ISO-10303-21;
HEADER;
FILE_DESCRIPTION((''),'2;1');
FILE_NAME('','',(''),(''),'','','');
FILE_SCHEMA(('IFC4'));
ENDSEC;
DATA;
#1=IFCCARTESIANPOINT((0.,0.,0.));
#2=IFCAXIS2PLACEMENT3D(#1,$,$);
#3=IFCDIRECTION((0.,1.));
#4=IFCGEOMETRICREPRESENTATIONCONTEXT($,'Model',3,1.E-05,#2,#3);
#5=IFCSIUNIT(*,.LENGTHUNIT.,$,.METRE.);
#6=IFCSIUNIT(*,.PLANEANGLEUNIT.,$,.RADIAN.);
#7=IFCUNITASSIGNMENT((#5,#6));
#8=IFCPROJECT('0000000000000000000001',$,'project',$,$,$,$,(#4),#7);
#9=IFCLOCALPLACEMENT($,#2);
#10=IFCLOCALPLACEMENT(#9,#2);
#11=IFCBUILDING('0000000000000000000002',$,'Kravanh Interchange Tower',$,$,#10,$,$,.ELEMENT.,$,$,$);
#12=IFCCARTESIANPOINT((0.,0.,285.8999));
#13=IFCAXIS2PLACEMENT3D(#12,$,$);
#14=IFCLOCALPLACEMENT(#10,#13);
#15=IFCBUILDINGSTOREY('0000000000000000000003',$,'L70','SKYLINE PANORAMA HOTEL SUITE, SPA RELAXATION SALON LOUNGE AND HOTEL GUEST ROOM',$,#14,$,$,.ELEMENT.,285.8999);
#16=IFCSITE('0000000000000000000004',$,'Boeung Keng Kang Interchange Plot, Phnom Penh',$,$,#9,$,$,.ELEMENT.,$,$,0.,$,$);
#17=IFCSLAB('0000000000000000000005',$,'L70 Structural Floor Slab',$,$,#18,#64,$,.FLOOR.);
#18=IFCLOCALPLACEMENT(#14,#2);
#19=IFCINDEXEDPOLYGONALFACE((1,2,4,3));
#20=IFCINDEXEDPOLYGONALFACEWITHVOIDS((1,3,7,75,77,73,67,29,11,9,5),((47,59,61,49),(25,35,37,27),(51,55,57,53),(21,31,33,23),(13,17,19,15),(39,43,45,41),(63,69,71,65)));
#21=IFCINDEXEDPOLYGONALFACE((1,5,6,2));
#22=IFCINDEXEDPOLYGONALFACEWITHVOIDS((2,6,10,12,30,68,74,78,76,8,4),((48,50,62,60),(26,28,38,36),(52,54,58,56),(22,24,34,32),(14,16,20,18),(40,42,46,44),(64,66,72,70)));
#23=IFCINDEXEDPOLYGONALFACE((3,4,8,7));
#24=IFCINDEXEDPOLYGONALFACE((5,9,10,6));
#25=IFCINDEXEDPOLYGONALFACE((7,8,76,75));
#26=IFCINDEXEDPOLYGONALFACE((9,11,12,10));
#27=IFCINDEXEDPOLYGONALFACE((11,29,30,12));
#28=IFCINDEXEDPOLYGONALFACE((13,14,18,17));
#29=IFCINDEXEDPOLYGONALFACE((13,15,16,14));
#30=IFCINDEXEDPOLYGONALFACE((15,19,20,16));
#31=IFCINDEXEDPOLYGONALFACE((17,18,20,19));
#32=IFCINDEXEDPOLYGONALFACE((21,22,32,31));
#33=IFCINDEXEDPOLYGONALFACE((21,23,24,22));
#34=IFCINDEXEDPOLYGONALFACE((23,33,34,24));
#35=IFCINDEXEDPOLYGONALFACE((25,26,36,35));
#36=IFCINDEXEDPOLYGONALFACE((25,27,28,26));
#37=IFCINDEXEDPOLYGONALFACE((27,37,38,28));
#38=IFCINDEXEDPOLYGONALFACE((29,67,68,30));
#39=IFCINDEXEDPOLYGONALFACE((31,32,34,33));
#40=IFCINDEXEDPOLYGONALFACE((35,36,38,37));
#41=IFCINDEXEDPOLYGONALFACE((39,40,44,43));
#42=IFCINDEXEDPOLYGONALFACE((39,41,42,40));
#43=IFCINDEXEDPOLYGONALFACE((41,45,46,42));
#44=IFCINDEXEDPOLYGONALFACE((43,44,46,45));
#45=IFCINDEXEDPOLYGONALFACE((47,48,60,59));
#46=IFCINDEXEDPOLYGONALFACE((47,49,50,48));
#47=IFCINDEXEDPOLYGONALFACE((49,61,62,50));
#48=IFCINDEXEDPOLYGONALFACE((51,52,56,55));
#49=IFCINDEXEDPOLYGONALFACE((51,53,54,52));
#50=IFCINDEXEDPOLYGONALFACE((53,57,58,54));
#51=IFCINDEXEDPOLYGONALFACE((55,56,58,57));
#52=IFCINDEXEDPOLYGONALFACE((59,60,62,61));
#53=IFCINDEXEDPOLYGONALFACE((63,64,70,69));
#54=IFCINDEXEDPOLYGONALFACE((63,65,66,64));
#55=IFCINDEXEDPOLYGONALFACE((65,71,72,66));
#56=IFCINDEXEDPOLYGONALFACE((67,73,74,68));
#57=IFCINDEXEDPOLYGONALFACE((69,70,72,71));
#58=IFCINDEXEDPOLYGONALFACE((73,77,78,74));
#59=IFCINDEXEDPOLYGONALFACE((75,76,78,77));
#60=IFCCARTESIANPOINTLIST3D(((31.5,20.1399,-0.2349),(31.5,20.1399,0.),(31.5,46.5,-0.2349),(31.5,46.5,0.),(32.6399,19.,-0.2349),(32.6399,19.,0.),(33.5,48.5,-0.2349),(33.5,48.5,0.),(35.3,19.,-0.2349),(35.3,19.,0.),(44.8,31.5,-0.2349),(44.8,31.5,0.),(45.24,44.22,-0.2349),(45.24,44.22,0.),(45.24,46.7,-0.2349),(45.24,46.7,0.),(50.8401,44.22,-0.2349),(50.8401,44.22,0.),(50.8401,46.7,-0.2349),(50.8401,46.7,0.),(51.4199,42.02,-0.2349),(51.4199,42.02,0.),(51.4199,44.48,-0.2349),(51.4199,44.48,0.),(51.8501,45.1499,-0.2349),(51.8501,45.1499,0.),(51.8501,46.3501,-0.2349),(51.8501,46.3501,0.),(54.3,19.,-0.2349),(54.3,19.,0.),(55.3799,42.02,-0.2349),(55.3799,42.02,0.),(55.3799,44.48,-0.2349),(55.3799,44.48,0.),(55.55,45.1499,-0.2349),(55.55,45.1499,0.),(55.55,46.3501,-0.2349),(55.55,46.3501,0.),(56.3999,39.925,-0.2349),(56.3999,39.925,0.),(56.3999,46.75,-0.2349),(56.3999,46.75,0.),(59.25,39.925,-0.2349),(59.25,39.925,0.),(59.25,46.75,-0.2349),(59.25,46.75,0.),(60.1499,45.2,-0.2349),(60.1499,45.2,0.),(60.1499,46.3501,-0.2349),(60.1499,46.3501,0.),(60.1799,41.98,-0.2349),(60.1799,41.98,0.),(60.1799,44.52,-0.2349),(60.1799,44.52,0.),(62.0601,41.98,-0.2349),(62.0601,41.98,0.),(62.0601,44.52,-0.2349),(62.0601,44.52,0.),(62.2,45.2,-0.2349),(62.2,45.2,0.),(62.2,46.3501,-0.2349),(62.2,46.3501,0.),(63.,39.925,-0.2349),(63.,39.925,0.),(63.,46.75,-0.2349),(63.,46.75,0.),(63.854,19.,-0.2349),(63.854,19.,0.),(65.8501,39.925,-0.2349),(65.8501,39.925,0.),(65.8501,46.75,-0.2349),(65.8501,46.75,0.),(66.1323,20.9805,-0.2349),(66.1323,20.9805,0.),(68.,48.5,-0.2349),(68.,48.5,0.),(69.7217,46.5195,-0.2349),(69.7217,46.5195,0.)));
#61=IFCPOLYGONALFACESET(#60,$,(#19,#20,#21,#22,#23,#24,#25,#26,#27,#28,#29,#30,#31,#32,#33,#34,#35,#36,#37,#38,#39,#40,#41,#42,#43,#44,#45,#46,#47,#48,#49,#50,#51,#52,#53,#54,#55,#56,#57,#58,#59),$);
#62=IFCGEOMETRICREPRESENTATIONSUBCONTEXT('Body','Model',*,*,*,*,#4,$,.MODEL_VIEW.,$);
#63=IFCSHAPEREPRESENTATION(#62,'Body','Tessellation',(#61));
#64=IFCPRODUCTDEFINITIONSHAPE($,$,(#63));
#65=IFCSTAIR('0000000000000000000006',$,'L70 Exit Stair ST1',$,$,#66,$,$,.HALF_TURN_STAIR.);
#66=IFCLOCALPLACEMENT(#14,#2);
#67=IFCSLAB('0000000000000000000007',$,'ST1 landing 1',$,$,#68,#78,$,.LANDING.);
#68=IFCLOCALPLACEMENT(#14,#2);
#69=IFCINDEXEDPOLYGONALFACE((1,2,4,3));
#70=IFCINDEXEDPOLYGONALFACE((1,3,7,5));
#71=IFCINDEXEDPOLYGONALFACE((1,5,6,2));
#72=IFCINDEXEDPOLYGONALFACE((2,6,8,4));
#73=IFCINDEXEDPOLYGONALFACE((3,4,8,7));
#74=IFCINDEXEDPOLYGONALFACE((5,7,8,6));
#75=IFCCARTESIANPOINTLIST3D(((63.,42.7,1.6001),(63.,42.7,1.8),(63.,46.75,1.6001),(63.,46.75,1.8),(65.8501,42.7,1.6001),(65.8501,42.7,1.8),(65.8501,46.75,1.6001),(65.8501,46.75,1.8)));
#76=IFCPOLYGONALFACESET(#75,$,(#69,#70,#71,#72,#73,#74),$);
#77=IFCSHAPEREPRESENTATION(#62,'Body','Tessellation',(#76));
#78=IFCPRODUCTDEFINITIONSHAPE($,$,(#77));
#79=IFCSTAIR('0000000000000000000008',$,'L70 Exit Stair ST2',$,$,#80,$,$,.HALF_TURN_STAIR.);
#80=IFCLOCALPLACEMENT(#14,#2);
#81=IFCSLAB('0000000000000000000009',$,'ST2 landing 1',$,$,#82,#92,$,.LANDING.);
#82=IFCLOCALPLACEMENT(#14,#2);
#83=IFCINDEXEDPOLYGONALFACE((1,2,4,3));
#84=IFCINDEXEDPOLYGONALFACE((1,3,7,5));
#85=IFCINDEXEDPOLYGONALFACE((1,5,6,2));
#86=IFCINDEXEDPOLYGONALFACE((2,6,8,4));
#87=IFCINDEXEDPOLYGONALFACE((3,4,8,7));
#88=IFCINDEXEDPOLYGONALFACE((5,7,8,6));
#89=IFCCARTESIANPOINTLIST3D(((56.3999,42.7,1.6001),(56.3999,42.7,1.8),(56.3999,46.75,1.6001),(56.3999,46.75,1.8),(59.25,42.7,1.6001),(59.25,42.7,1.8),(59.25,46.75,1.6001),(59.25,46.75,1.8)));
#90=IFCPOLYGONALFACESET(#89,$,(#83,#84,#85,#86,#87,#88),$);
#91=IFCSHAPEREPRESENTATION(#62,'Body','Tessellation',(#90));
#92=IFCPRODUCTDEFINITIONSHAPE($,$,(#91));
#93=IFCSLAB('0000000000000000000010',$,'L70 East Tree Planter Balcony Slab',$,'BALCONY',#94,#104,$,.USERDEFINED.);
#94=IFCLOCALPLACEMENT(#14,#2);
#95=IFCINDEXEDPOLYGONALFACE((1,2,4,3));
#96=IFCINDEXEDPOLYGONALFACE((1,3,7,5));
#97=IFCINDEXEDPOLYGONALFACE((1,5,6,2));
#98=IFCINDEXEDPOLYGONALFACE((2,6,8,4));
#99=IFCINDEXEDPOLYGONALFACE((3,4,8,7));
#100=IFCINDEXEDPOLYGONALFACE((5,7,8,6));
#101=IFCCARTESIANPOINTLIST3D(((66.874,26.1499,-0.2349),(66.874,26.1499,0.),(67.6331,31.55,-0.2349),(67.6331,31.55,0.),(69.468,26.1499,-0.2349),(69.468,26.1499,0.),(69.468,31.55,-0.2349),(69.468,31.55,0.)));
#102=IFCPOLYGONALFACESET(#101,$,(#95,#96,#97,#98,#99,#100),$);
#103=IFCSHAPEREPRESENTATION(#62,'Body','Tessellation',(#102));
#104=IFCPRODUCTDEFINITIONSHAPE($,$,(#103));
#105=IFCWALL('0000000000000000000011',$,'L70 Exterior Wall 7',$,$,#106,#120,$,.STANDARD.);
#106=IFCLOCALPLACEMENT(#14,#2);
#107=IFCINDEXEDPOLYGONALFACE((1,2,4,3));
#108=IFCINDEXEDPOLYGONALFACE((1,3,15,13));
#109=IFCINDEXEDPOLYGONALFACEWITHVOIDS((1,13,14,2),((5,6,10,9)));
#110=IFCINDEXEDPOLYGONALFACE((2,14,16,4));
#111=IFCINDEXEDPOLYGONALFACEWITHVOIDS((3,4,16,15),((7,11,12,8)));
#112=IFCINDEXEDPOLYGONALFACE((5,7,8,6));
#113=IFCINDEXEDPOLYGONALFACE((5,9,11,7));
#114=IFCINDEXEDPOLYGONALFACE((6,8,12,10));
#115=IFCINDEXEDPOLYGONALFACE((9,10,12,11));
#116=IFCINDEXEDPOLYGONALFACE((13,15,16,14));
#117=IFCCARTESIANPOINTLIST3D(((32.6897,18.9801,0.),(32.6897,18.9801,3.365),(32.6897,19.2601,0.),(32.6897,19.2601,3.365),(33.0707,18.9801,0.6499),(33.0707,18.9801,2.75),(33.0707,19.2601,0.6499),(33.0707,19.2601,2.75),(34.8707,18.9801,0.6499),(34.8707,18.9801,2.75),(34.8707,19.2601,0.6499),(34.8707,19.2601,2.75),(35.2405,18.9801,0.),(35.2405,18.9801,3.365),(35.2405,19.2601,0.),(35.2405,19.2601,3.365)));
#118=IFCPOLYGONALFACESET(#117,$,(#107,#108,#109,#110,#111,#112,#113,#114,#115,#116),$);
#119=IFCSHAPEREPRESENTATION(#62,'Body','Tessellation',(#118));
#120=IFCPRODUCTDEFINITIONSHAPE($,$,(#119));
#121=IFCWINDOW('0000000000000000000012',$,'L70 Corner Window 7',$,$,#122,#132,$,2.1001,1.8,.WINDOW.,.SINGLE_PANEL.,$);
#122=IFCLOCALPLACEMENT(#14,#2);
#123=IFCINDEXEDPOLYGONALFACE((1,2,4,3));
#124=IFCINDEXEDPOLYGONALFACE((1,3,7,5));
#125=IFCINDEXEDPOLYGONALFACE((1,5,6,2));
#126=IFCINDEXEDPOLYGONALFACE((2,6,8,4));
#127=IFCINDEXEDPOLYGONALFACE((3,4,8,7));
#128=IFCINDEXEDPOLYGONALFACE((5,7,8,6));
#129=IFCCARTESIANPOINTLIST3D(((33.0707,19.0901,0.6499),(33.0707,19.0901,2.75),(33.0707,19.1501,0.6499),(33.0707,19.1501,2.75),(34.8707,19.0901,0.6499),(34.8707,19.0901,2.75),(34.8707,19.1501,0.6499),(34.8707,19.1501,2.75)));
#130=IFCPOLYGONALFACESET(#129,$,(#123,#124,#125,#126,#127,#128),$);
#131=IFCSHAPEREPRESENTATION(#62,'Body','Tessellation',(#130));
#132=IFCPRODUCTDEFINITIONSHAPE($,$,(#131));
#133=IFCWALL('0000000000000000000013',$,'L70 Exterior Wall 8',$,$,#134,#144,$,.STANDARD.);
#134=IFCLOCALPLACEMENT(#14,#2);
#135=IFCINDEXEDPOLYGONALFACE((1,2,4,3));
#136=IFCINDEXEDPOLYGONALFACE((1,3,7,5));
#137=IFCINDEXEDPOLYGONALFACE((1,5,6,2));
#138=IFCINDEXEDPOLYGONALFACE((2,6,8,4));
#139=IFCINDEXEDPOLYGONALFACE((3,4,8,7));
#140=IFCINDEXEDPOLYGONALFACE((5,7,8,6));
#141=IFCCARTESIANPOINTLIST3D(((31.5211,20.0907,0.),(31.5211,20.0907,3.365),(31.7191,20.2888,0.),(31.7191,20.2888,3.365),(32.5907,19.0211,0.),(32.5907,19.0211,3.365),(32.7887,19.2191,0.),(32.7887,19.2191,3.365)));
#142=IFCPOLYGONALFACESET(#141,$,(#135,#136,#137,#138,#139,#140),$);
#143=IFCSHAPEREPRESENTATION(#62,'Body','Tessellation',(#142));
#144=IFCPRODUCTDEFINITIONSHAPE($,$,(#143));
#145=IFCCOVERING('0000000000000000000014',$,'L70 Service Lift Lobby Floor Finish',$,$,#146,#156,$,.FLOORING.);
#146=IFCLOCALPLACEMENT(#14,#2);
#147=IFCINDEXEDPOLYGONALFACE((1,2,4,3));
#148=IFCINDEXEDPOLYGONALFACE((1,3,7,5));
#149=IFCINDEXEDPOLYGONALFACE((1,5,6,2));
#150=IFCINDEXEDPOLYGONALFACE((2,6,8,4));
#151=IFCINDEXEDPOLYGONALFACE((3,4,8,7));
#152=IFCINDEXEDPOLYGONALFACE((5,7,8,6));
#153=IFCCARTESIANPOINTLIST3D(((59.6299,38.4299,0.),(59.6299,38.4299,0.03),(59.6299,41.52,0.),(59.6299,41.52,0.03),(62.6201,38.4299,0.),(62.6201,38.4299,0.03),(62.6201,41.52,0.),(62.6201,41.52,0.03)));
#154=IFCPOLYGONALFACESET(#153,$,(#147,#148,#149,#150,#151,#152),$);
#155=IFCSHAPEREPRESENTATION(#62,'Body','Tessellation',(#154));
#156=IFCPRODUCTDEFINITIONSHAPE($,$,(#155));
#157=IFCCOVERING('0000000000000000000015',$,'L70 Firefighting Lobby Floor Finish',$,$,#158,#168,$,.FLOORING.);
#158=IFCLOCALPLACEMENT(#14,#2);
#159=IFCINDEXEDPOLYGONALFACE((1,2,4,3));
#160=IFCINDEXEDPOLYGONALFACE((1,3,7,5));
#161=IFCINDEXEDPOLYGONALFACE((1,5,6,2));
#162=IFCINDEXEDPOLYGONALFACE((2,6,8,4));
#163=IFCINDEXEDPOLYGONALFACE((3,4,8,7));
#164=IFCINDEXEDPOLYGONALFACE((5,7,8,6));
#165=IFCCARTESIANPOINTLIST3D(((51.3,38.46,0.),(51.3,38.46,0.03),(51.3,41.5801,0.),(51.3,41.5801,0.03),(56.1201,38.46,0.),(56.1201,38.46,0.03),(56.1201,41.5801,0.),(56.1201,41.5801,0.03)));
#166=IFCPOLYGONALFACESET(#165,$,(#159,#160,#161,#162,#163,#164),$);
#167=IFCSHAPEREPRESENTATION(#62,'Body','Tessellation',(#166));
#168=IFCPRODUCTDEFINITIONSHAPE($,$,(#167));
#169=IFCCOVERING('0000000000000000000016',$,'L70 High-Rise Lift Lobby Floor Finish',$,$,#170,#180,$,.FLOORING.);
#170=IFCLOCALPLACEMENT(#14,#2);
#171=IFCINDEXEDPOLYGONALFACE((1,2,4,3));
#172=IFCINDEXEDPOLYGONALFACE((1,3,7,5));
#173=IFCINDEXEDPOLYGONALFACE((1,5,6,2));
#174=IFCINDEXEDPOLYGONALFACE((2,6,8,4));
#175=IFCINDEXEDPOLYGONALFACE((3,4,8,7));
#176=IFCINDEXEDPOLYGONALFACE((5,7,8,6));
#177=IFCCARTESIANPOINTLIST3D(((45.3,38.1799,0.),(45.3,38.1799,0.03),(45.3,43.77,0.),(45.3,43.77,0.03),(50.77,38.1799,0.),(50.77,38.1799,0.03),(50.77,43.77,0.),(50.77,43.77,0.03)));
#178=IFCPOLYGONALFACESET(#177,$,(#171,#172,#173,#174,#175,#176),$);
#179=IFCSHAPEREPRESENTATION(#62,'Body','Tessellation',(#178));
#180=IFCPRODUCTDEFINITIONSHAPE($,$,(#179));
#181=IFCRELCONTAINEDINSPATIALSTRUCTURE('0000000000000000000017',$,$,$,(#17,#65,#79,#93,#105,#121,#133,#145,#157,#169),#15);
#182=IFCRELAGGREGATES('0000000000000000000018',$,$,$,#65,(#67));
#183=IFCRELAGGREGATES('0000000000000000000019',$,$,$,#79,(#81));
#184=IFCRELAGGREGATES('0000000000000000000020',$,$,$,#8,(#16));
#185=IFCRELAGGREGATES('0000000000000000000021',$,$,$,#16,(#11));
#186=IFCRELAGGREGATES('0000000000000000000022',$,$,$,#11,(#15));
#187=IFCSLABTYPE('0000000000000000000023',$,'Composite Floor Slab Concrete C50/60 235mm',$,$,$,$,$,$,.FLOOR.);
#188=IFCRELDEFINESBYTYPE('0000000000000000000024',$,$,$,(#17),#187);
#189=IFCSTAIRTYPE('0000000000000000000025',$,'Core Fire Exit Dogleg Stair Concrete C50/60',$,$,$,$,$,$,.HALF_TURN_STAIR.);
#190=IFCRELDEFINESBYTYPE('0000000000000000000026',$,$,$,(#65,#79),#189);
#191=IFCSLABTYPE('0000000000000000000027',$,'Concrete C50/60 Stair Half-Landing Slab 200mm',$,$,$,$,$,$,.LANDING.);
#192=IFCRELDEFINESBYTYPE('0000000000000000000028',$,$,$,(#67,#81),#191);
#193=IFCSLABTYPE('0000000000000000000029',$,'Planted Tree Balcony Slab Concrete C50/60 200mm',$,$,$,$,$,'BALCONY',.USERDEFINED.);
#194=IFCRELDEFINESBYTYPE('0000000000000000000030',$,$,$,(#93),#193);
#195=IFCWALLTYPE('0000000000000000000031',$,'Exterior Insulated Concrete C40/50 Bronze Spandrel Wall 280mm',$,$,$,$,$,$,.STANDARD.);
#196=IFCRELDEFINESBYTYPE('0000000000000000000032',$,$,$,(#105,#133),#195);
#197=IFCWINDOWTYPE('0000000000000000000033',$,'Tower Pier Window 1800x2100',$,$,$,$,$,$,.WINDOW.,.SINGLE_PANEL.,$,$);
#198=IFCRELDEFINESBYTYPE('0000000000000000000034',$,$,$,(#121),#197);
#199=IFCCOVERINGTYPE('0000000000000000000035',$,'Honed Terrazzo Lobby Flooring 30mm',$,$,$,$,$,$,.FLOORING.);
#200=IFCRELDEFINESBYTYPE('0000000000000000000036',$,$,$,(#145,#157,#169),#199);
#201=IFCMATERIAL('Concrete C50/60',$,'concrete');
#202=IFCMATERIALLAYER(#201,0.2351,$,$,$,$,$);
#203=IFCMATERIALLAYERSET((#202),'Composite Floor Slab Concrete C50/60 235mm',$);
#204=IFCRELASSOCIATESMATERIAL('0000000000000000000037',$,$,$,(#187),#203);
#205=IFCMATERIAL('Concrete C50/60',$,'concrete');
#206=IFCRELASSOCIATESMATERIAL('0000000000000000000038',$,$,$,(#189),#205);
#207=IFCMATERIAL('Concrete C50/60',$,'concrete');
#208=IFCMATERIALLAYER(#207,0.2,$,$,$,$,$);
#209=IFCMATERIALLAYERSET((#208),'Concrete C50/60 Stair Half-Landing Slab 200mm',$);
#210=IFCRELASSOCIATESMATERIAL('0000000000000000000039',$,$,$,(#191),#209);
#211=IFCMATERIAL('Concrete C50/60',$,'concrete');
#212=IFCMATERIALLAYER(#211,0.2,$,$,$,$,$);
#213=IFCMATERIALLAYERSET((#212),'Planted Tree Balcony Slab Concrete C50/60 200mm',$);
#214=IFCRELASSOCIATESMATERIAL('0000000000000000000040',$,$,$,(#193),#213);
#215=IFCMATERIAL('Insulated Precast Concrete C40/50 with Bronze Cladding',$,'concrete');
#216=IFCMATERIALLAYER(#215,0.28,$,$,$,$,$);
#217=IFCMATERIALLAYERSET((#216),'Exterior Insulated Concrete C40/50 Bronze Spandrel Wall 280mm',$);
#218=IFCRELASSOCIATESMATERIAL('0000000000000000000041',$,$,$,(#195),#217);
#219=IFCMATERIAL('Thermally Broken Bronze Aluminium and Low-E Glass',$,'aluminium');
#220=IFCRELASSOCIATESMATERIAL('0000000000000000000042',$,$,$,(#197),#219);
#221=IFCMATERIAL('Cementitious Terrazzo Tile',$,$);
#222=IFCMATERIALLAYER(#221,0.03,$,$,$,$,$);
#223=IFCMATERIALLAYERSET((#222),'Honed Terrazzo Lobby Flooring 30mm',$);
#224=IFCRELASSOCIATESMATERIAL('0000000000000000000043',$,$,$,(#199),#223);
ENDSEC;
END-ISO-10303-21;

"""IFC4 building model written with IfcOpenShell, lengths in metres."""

from ifc_helpers import new_model, si_unit, direction, frame, frame_2d, origin, place, context, subcontext, project, spatial, polyline, rectangle, outline, extrude, material, layer, layer_set, type_object, element, fill, aggregate, save


model = new_model("IFC4")

# Units and contexts
model_context = context("Model", 3, precision=1e-05, world=origin(), true_north=direction((0.0, 1.0)))
body_context = subcontext(model_context, "Body", "Model", "MODEL_VIEW")
ifc_project = project(units=[si_unit("LENGTHUNIT", "METRE"), si_unit("PLANEANGLEUNIT", "RADIAN")], contexts=[model_context])

# Site, building, storey
site_placement = place(None, origin())
site = spatial("IfcSite", under=ifc_project, at=site_placement, Name="Boeung Keng Kang Interchange Plot, Phnom Penh", CompositionType="ELEMENT", RefElevation=0.0)
building_placement = place(site_placement, origin())
building = spatial("IfcBuilding", under=site, at=building_placement, Name="Kravanh Interchange Tower", CompositionType="ELEMENT")
storey_placement = place(building_placement, frame((0.0, 0.0, 285.8999)))
storey = spatial("IfcBuildingStorey", under=building, at=storey_placement, Name="L70", Description="SKYLINE PANORAMA HOTEL SUITE, SPA RELAXATION SALON LOUNGE AND HOTEL GUEST ROOM", CompositionType="ELEMENT", Elevation=285.8999)

# Slab
ifc_material_1 = material(Name="Concrete C50/60", Category="concrete")
ifc_layer_1 = layer(ifc_material_1, 0.2351)
ifc_layer_set_1 = layer_set([ifc_layer_1], Name="Composite Floor Slab Concrete C50/60 235mm")
slab_type_1 = type_object("IfcSlabType", Name="Composite Floor Slab Concrete C50/60 235mm", PredefinedType="FLOOR", material=ifc_layer_set_1)
slab_1_placement = place(storey_placement, frame((0.0, 0.0, -0.2349)))
element("IfcSlab", 1, at=slab_1_placement, inside=storey, type_object=slab_type_1, Name="L70 Structural Floor Slab", PredefinedType="FLOOR", context=body_context, shape_type="SweptSolid", body=[
    extrude(outline(polyline([(31.5, 20.1399), (32.6399, 19.0), (35.3, 19.0), (44.8, 31.5), (54.3, 19.0), (63.854, 19.0), (66.1323, 20.9805), (69.7217, 46.5195), (68.0, 48.5), (33.5, 48.5), (31.5, 46.5), (31.5, 20.1399)]), holes=[polyline([(65.8501, 39.925), (65.8501, 46.75), (63.0, 46.75), (63.0, 39.925), (65.8501, 39.925)]), polyline([(59.25, 39.925), (59.25, 46.75), (56.3999, 46.75), (56.3999, 39.925), (59.25, 39.925)]), polyline([(45.24, 44.22), (50.8401, 44.22), (50.8401, 46.7), (45.24, 46.7), (45.24, 44.22)]), polyline([(51.4199, 42.02), (55.3799, 42.02), (55.3799, 44.48), (51.4199, 44.48), (51.4199, 42.02)]), polyline([(60.1799, 41.98), (62.0601, 41.98), (62.0601, 44.52), (60.1799, 44.52), (60.1799, 41.98)]), polyline([(60.1499, 45.2), (62.2, 45.2), (62.2, 46.3501), (60.1499, 46.3501), (60.1499, 45.2)]), polyline([(51.8501, 45.1499), (55.55, 45.1499), (55.55, 46.3501), (51.8501, 46.3501), (51.8501, 45.1499)])]), origin(), (0.0, 0.0, 1.0), 0.2349),
])

# Stairs, slabs
ifc_material_2 = material(Name="Concrete C50/60", Category="concrete")
stair_type = type_object("IfcStairType", Name="Core Fire Exit Dogleg Stair Concrete C50/60", PredefinedType="HALF_TURN_STAIR", material=ifc_material_2)
stair_1_placement = place(storey_placement, origin())
stair_1 = element("IfcStair", 2, at=stair_1_placement, inside=storey, type_object=stair_type, Name="L70 Exit Stair ST1", PredefinedType="HALF_TURN_STAIR")
ifc_material_3 = material(Name="Concrete C50/60", Category="concrete")
ifc_layer_2 = layer(ifc_material_3, 0.2)
ifc_layer_set_2 = layer_set([ifc_layer_2], Name="Concrete C50/60 Stair Half-Landing Slab 200mm")
slab_type_2 = type_object("IfcSlabType", Name="Concrete C50/60 Stair Half-Landing Slab 200mm", PredefinedType="LANDING", material=ifc_layer_set_2)
slab_2_placement = place(storey_placement, frame((0.0, 0.0, 1.6001)))
slab_2 = element("IfcSlab", 3, at=slab_2_placement, type_object=slab_type_2, Name="ST1 landing 1", PredefinedType="LANDING", context=body_context, shape_type="SweptSolid", body=[
    extrude(outline(polyline([(65.8501, 42.7), (65.8501, 46.75), (63.0, 46.75), (63.0, 42.7), (65.8501, 42.7)])), origin(), (0.0, 0.0, 1.0), 0.2),
])
aggregate(stair_1, [slab_2])
stair_2_placement = place(storey_placement, origin())
stair_2 = element("IfcStair", 4, at=stair_2_placement, inside=storey, type_object=stair_type, Name="L70 Exit Stair ST2", PredefinedType="HALF_TURN_STAIR")
slab_3_placement = place(storey_placement, frame((0.0, 0.0, 1.6001)))
slab_3 = element("IfcSlab", 5, at=slab_3_placement, type_object=slab_type_2, Name="ST2 landing 1", PredefinedType="LANDING", context=body_context, shape_type="SweptSolid", body=[
    extrude(outline(polyline([(59.25, 42.7), (59.25, 46.75), (56.3999, 46.75), (56.3999, 42.7), (59.25, 42.7)])), origin(), (0.0, 0.0, 1.0), 0.2),
])
aggregate(stair_2, [slab_3])

# Slab
ifc_material_4 = material(Name="Concrete C50/60", Category="concrete")
ifc_layer_3 = layer(ifc_material_4, 0.2)
ifc_layer_set_3 = layer_set([ifc_layer_3], Name="Planted Tree Balcony Slab Concrete C50/60 200mm")
slab_type_3 = type_object("IfcSlabType", Name="Planted Tree Balcony Slab Concrete C50/60 200mm", ElementType="BALCONY", PredefinedType="USERDEFINED", material=ifc_layer_set_3)
slab_4_placement = place(storey_placement, frame((0.0, 0.0, -0.2349)))
element("IfcSlab", 6, at=slab_4_placement, inside=storey, type_object=slab_type_3, Name="L70 East Tree Planter Balcony Slab", ObjectType="BALCONY", PredefinedType="USERDEFINED", context=body_context, shape_type="SweptSolid", body=[
    extrude(outline(polyline([(69.468, 31.55), (69.468, 26.1499), (66.874, 26.1499), (67.6331, 31.55), (69.468, 31.55)])), origin(), (0.0, 0.0, 1.0), 0.2349),
])

# Wall, opening, window
ifc_material_5 = material(Name="Insulated Precast Concrete C40/50 with Bronze Cladding", Category="concrete")
ifc_layer_4 = layer(ifc_material_5, 0.28)
ifc_layer_set_4 = layer_set([ifc_layer_4], Name="Exterior Insulated Concrete C40/50 Bronze Spandrel Wall 280mm")
wall_type = type_object("IfcWallType", Name="Exterior Insulated Concrete C40/50 Bronze Spandrel Wall 280mm", PredefinedType="STANDARD", material=ifc_layer_set_4)
wall_1_placement = place(storey_placement, frame((35.2405, 19.1201, 0.0), z_axis=(0.0, 0.0, 1.0), x_axis=(-1.0, 0.0, 0.0)))
wall_1 = element("IfcWall", 7, at=wall_1_placement, inside=storey, type_object=wall_type, Name="L70 Exterior Wall 7", PredefinedType="STANDARD", context=body_context, shape_type="SweptSolid", body=[
    extrude(rectangle(XDim=2.5508, YDim=0.28, at=frame_2d((1.2754, 0.0))), origin(), (0.0, 0.0, 1.0), 3.365),
])
opening_placement = place(wall_1_placement, frame((0.3699, 0.0, 0.6499)))
opening = element("IfcOpeningElement", 8, at=opening_placement, cuts=wall_1, PredefinedType="OPENING", context=body_context, shape_type="SweptSolid", body=[
    extrude(rectangle(XDim=1.8, YDim=2.1001, at=frame_2d((0.8999, 1.05))), frame((0.0, 0.1499, 0.0), z_axis=(0.0, -1.0, 0.0), x_axis=(1.0, 0.0, 0.0)), (0.0, 0.0, 1.0), 0.3),
])
ifc_material_6 = material(Name="Thermally Broken Bronze Aluminium and Low-E Glass", Category="aluminium")
window_type = type_object("IfcWindowType", Name="Tower Pier Window 1800x2100", PartitioningType="SINGLE_PANEL", PredefinedType="WINDOW", material=ifc_material_6)
window_placement = place(opening_placement, origin())
window = element("IfcWindow", 9, at=window_placement, inside=storey, type_object=window_type, Name="L70 Corner Window 7", OverallHeight=2.1001, OverallWidth=1.8, PartitioningType="SINGLE_PANEL", PredefinedType="WINDOW", context=body_context, shape_type="SweptSolid", body=[
    extrude(rectangle(XDim=1.8, YDim=2.1001, at=frame_2d((0.8999, 1.05))), frame((0.0, 0.03, 0.0), z_axis=(0.0, -1.0, 0.0), x_axis=(1.0, 0.0, 0.0)), (0.0, 0.0, 1.0), 0.0601),
])
fill(opening, window)

# Wall
wall_2_placement = place(storey_placement, frame((32.6897, 19.1201, 0.0), z_axis=(0.0, 0.0, 1.0), x_axis=(-0.707107, 0.707107, 0.0)))
element("IfcWall", 10, at=wall_2_placement, inside=storey, type_object=wall_type, Name="L70 Exterior Wall 8", PredefinedType="STANDARD", context=body_context, shape_type="SweptSolid", body=[
    extrude(rectangle(XDim=1.5127, YDim=0.28, at=frame_2d((0.7563, 0.0))), origin(), (0.0, 0.0, 1.0), 3.365),
])

# Coverings
ifc_material_7 = material(Name="Cementitious Terrazzo Tile")
ifc_layer_5 = layer(ifc_material_7, 0.03)
ifc_layer_set_5 = layer_set([ifc_layer_5], Name="Honed Terrazzo Lobby Flooring 30mm")
covering_type_1 = type_object("IfcCoveringType", Name="Honed Terrazzo Lobby Flooring 30mm", PredefinedType="FLOORING", material=ifc_layer_set_5)
covering_1_placement = place(storey_placement, origin())
element("IfcCovering", 11, at=covering_1_placement, inside=storey, type_object=covering_type_1, Name="L70 Service Lift Lobby Floor Finish", PredefinedType="FLOORING", context=body_context, shape_type="SweptSolid", body=[
    extrude(outline(polyline([(59.6299, 41.52), (62.6201, 41.52), (62.6201, 38.4299), (59.6299, 38.4299), (59.6299, 41.52)])), origin(), (0.0, 0.0, 1.0), 0.03),
])
covering_2_placement = place(storey_placement, origin())
element("IfcCovering", 12, at=covering_2_placement, inside=storey, type_object=covering_type_1, Name="L70 Firefighting Lobby Floor Finish", PredefinedType="FLOORING", context=body_context, shape_type="SweptSolid", body=[
    extrude(outline(polyline([(56.1201, 38.46), (51.3, 38.46), (51.3, 41.5801), (56.1201, 41.5801), (56.1201, 38.46)])), origin(), (0.0, 0.0, 1.0), 0.03),
])
covering_3_placement = place(storey_placement, origin())
element("IfcCovering", 13, at=covering_3_placement, inside=storey, type_object=covering_type_1, Name="L70 High-Rise Lift Lobby Floor Finish", PredefinedType="FLOORING", context=body_context, shape_type="SweptSolid", body=[
    extrude(outline(polyline([(45.3, 43.77), (50.77, 43.77), (50.77, 38.1799), (45.3, 38.1799), (45.3, 43.77)])), origin(), (0.0, 0.0, 1.0), 0.03),
])

save(model, "model.ifc")
